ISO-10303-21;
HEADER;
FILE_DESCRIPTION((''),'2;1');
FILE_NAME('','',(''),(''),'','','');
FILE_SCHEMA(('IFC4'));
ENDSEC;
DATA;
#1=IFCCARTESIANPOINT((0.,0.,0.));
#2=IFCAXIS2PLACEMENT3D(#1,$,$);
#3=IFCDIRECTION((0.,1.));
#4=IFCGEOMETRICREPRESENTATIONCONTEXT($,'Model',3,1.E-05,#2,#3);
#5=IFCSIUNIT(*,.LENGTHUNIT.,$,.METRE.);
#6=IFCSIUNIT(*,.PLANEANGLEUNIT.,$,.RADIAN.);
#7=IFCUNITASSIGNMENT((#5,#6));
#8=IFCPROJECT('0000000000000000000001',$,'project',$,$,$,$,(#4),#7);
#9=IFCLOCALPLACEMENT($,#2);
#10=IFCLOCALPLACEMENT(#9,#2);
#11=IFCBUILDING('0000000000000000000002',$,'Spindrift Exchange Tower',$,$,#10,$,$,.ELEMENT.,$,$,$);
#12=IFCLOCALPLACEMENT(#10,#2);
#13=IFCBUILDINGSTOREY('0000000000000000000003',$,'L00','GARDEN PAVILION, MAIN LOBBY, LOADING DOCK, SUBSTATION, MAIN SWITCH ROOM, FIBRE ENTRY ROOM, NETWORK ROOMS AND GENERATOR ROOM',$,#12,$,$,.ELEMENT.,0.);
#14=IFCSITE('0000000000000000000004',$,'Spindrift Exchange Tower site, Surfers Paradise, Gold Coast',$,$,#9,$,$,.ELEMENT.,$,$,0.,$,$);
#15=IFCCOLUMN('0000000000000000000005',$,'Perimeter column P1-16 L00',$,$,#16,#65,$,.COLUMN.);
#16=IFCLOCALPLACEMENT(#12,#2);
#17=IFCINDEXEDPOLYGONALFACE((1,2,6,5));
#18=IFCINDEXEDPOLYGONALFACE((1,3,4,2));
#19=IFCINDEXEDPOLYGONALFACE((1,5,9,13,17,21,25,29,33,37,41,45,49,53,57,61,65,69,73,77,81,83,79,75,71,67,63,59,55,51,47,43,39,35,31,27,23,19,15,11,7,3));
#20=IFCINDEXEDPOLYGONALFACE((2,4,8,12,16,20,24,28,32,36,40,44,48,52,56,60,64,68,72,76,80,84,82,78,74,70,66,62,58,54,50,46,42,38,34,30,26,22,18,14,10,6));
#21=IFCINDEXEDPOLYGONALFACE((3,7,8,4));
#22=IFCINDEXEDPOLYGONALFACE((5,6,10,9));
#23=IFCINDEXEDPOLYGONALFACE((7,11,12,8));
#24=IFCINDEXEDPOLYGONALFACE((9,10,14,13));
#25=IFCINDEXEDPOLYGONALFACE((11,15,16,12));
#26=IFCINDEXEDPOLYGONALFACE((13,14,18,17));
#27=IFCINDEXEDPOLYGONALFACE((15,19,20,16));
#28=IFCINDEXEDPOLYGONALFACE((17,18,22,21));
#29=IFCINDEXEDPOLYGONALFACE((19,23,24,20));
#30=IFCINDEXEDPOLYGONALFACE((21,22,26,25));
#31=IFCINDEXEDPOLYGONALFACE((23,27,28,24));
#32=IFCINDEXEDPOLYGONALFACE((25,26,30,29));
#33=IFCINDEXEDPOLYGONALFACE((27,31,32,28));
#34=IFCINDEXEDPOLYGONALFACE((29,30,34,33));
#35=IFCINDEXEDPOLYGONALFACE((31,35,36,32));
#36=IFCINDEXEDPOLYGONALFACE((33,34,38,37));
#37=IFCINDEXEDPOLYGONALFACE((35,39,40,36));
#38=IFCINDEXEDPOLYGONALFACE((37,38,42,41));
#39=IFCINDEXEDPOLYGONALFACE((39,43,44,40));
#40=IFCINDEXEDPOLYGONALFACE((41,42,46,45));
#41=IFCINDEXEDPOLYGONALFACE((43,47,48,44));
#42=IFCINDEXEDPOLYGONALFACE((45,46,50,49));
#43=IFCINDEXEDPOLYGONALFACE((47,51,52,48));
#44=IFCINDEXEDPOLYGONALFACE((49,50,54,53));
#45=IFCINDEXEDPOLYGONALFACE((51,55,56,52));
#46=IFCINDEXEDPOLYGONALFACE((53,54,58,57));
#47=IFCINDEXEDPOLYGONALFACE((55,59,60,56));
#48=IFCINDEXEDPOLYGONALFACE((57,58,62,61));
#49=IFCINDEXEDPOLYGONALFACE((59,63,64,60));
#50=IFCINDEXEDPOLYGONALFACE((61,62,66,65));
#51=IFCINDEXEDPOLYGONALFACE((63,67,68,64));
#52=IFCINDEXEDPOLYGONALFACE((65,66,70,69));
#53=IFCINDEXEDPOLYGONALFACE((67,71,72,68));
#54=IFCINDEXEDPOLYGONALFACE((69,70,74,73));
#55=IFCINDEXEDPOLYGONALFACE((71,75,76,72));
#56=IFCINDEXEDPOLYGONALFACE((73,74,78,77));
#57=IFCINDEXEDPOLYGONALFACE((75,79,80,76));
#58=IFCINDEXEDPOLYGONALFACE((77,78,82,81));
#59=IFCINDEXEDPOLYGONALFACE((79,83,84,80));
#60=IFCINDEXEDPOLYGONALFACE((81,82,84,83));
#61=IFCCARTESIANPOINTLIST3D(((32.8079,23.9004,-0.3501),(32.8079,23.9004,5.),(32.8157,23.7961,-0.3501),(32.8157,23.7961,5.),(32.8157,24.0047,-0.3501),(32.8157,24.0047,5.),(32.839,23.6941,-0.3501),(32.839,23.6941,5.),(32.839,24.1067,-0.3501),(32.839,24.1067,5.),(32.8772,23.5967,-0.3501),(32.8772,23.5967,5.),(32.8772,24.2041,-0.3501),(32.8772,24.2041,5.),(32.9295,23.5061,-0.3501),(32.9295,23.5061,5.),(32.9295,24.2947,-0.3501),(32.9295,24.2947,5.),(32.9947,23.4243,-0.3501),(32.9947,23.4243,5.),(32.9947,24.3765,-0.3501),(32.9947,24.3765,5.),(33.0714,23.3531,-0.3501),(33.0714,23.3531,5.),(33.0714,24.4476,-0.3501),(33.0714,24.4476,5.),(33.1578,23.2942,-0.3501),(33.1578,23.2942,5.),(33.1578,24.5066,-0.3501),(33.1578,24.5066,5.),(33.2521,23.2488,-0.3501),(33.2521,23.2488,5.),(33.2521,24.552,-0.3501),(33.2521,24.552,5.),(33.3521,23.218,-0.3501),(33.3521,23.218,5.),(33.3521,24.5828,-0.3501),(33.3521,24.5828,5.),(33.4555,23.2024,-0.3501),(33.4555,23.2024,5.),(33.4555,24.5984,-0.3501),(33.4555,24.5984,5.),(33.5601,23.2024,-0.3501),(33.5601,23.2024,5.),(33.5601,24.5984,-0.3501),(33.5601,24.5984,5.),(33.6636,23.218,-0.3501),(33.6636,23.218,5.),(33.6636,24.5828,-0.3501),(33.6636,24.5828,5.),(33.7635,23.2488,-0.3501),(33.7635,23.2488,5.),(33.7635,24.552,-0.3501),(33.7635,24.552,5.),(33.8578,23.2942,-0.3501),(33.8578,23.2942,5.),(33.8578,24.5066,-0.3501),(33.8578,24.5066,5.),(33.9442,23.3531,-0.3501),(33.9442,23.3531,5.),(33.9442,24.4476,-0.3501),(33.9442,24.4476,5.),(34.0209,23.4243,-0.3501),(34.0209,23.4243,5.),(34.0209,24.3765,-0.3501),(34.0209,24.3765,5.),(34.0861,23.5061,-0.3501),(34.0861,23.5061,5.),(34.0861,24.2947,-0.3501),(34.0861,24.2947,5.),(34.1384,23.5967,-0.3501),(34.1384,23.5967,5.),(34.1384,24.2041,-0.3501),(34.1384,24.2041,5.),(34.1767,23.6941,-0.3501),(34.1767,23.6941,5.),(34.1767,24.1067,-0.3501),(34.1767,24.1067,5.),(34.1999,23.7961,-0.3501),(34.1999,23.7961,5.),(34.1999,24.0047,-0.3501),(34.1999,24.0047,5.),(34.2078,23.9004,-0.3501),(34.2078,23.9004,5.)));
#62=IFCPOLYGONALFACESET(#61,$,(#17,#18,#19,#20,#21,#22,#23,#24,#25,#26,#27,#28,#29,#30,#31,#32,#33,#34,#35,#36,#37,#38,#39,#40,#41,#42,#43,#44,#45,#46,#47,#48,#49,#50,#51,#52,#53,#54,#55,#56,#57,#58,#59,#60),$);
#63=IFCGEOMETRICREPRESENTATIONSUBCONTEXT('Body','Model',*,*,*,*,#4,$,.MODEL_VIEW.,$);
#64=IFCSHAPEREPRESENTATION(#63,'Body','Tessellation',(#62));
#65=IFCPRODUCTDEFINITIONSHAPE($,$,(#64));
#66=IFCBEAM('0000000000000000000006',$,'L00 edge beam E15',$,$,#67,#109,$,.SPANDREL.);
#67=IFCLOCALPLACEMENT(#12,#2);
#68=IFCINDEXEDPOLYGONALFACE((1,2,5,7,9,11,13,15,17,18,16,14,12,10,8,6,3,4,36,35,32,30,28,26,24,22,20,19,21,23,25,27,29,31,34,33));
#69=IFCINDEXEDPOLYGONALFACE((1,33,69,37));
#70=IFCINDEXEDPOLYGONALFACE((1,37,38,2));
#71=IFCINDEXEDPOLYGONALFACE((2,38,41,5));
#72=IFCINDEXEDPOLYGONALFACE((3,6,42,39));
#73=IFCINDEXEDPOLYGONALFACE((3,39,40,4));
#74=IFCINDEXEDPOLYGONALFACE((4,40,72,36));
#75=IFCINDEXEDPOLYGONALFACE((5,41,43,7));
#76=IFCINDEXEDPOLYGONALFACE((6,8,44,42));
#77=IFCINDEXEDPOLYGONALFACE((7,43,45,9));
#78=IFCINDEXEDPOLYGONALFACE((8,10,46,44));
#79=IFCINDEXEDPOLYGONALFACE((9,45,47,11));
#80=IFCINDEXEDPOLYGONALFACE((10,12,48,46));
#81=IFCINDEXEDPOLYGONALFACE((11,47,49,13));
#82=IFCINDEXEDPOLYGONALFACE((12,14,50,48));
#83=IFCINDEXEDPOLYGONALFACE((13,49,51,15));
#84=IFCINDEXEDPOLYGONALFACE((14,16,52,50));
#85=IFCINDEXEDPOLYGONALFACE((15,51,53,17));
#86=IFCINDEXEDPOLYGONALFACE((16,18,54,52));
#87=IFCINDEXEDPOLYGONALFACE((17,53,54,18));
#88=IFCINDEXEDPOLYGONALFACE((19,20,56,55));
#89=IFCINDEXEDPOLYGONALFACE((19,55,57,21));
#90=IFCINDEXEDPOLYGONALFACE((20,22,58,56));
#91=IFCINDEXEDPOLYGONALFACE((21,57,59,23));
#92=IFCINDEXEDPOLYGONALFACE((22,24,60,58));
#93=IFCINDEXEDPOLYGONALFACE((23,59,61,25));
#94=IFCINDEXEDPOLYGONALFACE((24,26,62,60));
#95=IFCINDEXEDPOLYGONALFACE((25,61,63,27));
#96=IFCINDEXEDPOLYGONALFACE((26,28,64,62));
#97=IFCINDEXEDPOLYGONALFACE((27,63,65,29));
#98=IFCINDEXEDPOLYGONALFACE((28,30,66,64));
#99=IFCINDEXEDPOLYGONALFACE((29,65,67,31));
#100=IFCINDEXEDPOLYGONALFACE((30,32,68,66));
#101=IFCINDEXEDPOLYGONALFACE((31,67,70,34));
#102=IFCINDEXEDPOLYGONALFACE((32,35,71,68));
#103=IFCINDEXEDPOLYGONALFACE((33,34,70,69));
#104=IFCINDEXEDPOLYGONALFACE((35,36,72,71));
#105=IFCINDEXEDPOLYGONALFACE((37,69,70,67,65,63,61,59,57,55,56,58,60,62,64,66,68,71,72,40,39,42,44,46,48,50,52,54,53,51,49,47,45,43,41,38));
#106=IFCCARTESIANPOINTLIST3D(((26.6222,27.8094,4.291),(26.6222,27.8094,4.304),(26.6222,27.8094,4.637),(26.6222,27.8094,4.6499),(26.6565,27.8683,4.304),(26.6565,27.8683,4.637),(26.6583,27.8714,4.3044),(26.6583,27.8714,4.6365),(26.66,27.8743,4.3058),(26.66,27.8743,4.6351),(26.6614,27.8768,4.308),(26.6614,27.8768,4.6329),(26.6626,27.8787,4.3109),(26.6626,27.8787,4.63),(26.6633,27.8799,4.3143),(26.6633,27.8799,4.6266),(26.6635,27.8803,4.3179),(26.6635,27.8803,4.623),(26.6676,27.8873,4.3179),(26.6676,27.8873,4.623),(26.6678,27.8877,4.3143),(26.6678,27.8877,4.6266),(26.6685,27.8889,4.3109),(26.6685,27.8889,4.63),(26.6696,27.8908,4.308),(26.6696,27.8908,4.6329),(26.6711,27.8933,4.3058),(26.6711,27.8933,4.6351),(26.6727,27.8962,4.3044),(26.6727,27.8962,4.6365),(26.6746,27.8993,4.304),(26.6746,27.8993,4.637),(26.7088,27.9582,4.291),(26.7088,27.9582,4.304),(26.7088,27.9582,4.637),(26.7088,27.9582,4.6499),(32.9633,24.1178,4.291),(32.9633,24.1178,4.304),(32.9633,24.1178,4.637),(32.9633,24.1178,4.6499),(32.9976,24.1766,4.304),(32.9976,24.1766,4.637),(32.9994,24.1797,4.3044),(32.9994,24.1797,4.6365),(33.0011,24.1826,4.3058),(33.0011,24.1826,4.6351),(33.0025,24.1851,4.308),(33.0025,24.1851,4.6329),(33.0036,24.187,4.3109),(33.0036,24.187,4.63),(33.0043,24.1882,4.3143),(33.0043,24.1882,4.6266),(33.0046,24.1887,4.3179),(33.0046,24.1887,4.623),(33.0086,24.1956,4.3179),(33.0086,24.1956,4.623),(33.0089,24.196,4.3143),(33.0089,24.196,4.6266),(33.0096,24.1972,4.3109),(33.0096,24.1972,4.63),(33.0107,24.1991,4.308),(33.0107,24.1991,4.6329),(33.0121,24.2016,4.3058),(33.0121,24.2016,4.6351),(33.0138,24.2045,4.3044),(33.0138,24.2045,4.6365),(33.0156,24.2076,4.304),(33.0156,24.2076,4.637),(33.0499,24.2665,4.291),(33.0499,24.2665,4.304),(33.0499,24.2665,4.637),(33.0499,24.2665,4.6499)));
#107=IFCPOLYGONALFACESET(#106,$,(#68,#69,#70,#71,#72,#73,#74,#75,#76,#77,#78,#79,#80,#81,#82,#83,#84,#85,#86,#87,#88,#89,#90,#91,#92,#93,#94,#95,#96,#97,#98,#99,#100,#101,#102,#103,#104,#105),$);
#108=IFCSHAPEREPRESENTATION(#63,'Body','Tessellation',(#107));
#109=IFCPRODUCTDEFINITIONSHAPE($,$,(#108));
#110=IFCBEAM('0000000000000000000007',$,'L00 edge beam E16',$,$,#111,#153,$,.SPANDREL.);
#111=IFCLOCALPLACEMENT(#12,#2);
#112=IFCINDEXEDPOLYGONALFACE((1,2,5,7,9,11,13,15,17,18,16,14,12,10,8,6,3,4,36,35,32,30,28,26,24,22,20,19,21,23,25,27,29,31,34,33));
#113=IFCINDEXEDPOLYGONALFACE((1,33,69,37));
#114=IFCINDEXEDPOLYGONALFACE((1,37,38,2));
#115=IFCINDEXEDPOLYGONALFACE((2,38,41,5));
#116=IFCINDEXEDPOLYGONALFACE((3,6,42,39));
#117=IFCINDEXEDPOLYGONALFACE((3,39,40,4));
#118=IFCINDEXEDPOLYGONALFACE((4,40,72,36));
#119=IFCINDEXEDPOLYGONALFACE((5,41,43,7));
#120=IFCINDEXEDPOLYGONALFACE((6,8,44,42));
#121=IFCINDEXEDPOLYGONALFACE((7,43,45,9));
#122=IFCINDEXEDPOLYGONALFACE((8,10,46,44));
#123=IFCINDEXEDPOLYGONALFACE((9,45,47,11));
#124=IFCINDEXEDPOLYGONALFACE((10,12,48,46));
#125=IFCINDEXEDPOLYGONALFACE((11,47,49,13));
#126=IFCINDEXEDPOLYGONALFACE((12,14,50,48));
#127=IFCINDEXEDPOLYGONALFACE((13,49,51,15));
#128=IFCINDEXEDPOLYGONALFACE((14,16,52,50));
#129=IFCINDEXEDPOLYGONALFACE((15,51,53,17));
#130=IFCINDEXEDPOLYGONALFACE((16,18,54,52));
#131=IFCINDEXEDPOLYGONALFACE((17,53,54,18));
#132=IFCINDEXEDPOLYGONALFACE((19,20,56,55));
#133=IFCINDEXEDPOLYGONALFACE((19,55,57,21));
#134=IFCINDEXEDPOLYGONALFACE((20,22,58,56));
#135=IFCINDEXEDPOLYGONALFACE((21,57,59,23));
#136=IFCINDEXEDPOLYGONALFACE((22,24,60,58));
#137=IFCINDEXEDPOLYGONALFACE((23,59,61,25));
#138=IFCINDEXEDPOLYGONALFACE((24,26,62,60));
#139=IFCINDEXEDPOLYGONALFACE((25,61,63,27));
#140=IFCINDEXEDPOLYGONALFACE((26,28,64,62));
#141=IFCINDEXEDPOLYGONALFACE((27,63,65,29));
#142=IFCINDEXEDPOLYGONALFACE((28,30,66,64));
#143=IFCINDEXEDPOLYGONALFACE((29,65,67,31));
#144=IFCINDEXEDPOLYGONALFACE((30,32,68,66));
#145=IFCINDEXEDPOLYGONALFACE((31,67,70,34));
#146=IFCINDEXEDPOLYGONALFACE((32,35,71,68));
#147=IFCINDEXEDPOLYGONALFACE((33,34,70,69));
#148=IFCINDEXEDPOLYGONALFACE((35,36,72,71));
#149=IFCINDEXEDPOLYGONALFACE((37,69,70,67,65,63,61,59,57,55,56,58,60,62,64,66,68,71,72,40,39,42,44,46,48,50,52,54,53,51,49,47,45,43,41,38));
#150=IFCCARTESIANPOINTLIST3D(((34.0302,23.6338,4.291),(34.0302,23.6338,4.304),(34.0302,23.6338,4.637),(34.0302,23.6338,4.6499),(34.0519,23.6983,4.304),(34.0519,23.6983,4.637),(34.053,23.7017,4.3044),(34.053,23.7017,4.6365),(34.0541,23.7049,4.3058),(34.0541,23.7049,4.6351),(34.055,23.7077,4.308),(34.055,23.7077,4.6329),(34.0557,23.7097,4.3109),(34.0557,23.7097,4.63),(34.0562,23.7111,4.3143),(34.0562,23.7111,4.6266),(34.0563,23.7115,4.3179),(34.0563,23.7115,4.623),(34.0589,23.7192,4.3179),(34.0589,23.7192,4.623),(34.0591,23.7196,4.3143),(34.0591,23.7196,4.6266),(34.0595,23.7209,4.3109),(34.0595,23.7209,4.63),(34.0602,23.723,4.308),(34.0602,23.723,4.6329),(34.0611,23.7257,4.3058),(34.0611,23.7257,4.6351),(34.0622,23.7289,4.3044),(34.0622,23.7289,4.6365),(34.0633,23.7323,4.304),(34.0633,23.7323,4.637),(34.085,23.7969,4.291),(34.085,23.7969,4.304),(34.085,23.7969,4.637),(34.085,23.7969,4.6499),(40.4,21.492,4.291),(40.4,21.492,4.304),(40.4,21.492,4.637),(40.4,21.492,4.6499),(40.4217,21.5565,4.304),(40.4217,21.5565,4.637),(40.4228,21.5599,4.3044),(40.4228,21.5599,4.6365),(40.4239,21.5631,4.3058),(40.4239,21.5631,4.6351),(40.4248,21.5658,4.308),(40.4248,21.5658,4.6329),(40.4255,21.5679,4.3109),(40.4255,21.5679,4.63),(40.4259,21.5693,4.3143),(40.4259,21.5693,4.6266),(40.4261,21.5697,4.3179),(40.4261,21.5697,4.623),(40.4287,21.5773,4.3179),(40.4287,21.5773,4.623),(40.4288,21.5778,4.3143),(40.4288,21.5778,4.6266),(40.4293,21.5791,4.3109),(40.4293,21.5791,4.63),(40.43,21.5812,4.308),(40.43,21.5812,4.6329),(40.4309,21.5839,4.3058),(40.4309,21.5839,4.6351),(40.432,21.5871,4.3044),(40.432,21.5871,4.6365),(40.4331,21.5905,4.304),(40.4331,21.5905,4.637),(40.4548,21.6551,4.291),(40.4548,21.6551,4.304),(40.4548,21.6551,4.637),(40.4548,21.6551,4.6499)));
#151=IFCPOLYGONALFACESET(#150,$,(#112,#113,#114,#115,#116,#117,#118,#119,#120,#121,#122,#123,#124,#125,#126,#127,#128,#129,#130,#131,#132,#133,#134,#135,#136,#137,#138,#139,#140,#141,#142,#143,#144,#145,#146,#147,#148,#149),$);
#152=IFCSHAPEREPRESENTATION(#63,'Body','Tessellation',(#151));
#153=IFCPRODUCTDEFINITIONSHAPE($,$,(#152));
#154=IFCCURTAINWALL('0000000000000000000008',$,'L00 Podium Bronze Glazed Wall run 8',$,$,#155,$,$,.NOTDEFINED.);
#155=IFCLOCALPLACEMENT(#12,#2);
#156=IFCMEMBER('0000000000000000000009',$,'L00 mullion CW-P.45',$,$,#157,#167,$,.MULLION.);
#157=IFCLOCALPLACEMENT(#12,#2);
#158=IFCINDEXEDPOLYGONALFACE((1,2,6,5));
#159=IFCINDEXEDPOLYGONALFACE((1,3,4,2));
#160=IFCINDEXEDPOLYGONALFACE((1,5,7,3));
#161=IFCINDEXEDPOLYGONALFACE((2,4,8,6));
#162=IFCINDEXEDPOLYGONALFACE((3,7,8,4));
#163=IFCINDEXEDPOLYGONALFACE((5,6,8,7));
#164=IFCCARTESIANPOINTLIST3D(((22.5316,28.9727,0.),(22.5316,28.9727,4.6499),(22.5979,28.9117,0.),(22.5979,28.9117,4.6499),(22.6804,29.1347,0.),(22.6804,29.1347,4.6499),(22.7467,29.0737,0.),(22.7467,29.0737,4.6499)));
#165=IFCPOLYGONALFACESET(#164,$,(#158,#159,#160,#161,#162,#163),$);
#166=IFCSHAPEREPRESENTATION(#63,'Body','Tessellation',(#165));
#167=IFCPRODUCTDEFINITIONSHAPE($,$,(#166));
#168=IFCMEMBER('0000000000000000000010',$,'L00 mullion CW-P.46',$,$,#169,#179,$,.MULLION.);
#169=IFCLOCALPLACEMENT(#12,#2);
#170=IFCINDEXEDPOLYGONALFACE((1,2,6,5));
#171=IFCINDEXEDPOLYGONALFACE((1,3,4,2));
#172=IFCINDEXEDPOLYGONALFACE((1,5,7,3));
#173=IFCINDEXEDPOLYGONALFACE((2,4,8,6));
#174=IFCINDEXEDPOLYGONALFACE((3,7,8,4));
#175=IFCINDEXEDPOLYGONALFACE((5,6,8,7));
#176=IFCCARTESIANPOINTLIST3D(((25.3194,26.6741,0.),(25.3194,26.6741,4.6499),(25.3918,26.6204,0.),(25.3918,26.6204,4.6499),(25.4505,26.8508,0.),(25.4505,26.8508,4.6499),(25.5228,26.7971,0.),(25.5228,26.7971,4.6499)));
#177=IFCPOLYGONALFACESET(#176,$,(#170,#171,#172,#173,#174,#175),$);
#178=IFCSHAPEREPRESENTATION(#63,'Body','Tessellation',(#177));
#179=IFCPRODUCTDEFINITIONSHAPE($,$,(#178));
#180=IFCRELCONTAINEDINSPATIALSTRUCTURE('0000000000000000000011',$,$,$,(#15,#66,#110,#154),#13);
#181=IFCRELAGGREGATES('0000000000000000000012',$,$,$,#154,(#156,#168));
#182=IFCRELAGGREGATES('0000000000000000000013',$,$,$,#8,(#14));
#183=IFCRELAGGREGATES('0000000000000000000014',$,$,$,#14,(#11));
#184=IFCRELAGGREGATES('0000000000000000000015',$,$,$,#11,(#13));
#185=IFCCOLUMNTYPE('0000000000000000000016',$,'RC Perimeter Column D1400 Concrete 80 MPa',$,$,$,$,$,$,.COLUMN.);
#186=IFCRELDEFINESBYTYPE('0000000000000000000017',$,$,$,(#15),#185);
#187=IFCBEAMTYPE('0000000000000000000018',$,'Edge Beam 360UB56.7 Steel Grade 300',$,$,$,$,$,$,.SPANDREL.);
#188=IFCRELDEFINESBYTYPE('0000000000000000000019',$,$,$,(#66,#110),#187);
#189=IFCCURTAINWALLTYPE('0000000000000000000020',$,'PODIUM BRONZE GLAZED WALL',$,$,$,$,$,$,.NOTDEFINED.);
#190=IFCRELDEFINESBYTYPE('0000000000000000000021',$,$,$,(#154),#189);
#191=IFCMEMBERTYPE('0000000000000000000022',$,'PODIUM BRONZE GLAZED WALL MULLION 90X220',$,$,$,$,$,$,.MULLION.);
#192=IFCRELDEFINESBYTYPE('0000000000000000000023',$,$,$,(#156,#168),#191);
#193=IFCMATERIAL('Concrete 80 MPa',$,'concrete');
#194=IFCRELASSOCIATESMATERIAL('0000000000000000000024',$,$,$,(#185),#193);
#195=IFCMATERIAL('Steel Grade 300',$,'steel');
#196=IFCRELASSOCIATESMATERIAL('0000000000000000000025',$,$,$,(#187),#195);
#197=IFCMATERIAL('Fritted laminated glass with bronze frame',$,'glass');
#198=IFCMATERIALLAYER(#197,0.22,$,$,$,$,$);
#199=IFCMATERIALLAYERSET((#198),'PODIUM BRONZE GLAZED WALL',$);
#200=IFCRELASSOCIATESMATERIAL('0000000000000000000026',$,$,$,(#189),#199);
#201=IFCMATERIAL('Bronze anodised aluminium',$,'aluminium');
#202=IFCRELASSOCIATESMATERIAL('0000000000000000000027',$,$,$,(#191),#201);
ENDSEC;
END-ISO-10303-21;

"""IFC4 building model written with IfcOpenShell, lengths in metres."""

from ifc_helpers import new_model, si_unit, direction, frame, origin, origin_2d, place, context, subcontext, project, spatial, rectangle, circle, i_section, extrude, source, transform, mapped, material, layer, layer_set, material_profile, profile_set, type_object, element, aggregate, save


model = new_model("IFC4")

# Units and contexts
model_context = context("Model", 3, precision=1e-05, world=origin(), true_north=direction((0.0, 1.0)))
body_context = subcontext(model_context, "Body", "Model", "MODEL_VIEW")
ifc_project = project(units=[si_unit("LENGTHUNIT", "METRE"), si_unit("PLANEANGLEUNIT", "RADIAN")], contexts=[model_context])

# Site, building, storey
site_placement = place(None, origin())
site = spatial("IfcSite", under=ifc_project, at=site_placement, Name="Spindrift Exchange Tower site, Surfers Paradise, Gold Coast", CompositionType="ELEMENT", RefElevation=0.0)
building_placement = place(site_placement, origin())
building = spatial("IfcBuilding", under=site, at=building_placement, Name="Spindrift Exchange Tower", CompositionType="ELEMENT")
storey_placement = place(building_placement, origin())
storey = spatial("IfcBuildingStorey", under=building, at=storey_placement, Name="L00", Description="GARDEN PAVILION, MAIN LOBBY, LOADING DOCK, SUBSTATION, MAIN SWITCH ROOM, FIBRE ENTRY ROOM, NETWORK ROOMS AND GENERATOR ROOM", CompositionType="ELEMENT", Elevation=0.0)

# Column
ifc_material_1 = material(Name="Concrete 80 MPa", Category="concrete")
ifc_material_profile_1 = material_profile(ifc_material_1, circle(Radius=0.7, at=origin_2d()), Name="RC D1400")
ifc_profile_set_1 = profile_set([ifc_material_profile_1], Name="Concrete 80 MPa")
column_type = type_object("IfcColumnType", Name="RC Perimeter Column D1400 Concrete 80 MPa", PredefinedType="COLUMN", material=ifc_profile_set_1)
shared_shape_1 = source(origin(), body_context, "Body", "SweptSolid", [
    extrude(circle(Radius=0.7, at=origin_2d()), origin(), (0.0, 0.0, 1.0), 5.3501),
])
for number, where, z_axis, x_axis, name in (
    (1, (33.5078, 23.9004, -0.3501), (0.0, 0.0, 1.0), (1.0, 0.0, 0.0), "Perimeter column P1-16 L00"),
):
    element("IfcColumn", number, at=place(storey_placement, frame(where, z_axis=z_axis, x_axis=x_axis)), inside=storey, type_object=column_type, Name=name, PredefinedType="COLUMN", context=body_context, shape_type="MappedRepresentation", body=[
        mapped(shared_shape_1, transform((0.0, 0.0, 0.0), scale=1.0)),
    ])

# Beams
ifc_material_2 = material(Name="Steel Grade 300", Category="steel")
ifc_material_profile_2 = material_profile(ifc_material_2, i_section(OverallWidth=0.1721, OverallDepth=0.3589, WebThickness=0.0081, FlangeThickness=0.0129, FilletRadius=0.0139, at=origin_2d()), Name="360UB56.7")
ifc_profile_set_2 = profile_set([ifc_material_profile_2], Name="Steel Grade 300")
beam_type = type_object("IfcBeamType", Name="Edge Beam 360UB56.7 Steel Grade 300", PredefinedType="SPANDREL", material=ifc_profile_set_2)
shared_shape_2 = source(origin(), body_context, "Body", "SweptSolid", [
    extrude(i_section(OverallWidth=0.1721, OverallDepth=0.3589, WebThickness=0.0081, FlangeThickness=0.0129, FilletRadius=0.0139, at=origin_2d()), origin(), (0.0, 0.0, 1.0), 7.3374),
])
beam_1_placement = place(storey_placement, frame((26.6655, 27.8838, 4.4705), z_axis=(0.864212, -0.503128, 0.0), x_axis=(0.503128, 0.864212, 0.0)))
element("IfcBeam", 2, at=beam_1_placement, inside=storey, type_object=beam_type, Name="L00 edge beam E15", PredefinedType="SPANDREL", context=body_context, shape_type="MappedRepresentation", body=[
    mapped(shared_shape_2, transform((0.0, 0.0, 0.0), scale=1.0)),
])
shared_shape_3 = source(origin(), body_context, "Body", "SweptSolid", [
    extrude(i_section(OverallWidth=0.1721, OverallDepth=0.3589, WebThickness=0.0081, FlangeThickness=0.0129, FilletRadius=0.0139, at=origin_2d()), origin(), (0.0, 0.0, 1.0), 6.7202),
])
beam_2_placement = place(storey_placement, frame((34.0576, 23.7153, 4.4705), z_axis=(0.947852, -0.318712, 0.0), x_axis=(0.318712, 0.947852, 0.0)))
element("IfcBeam", 3, at=beam_2_placement, inside=storey, type_object=beam_type, Name="L00 edge beam E16", PredefinedType="SPANDREL", context=body_context, shape_type="MappedRepresentation", body=[
    mapped(shared_shape_3, transform((0.0, 0.0, 0.0), scale=1.0)),
])

# Curtain wall, members
ifc_material_3 = material(Name="Fritted laminated glass with bronze frame", Category="glass")
ifc_layer_1 = layer(ifc_material_3, 0.22)
ifc_layer_set_1 = layer_set([ifc_layer_1], Name="PODIUM BRONZE GLAZED WALL")
curtain_wall_type = type_object("IfcCurtainWallType", Name="PODIUM BRONZE GLAZED WALL", PredefinedType="NOTDEFINED", material=ifc_layer_set_1)
curtain_wall_1_placement = place(storey_placement, origin())
curtain_wall_1 = element("IfcCurtainWall", 4, at=curtain_wall_1_placement, inside=storey, type_object=curtain_wall_type, Name="L00 Podium Bronze Glazed Wall run 8", PredefinedType="NOTDEFINED")
ifc_material_4 = material(Name="Bronze anodised aluminium", Category="aluminium")
ifc_material_profile_3 = material_profile(ifc_material_4, rectangle(XDim=0.0901, YDim=0.22, at=origin_2d()), Name="PODIUM BRONZE GLAZED WALL MULLION 90X220")
ifc_profile_set_3 = profile_set([ifc_material_profile_3], Name="Bronze anodised aluminium")
member_type_1 = type_object("IfcMemberType", Name="PODIUM BRONZE GLAZED WALL MULLION 90X220", PredefinedType="MULLION", material=ifc_profile_set_3)
shared_shape_4 = source(origin(), body_context, "Body", "SweptSolid", [
    extrude(rectangle(XDim=0.0901, YDim=0.22, at=origin_2d()), origin(), (0.0, 0.0, 1.0), 4.6499),
])
member_1_placement = place(storey_placement, frame((22.6392, 29.0232, 0.0), z_axis=(0.0, 0.0, 1.0), x_axis=(0.736531, -0.676404, 0.0)))
member_1 = element("IfcMember", 5, at=member_1_placement, type_object=member_type_1, Name="L00 mullion CW-P.45", PredefinedType="MULLION", context=body_context, shape_type="MappedRepresentation", body=[
    mapped(shared_shape_4, transform((0.0, 0.0, 0.0), scale=1.0)),
])
member_2_placement = place(storey_placement, frame((25.4211, 26.7356, 0.0), z_axis=(0.0, 0.0, 1.0), x_axis=(0.803241, -0.595654, 0.0)))
member_2 = element("IfcMember", 6, at=member_2_placement, type_object=member_type_1, Name="L00 mullion CW-P.46", PredefinedType="MULLION", context=body_context, shape_type="MappedRepresentation", body=[
    mapped(shared_shape_4, transform((0.0, 0.0, 0.0), scale=1.0)),
])

aggregate(curtain_wall_1, [member_1, member_2])

save(model, "model.ifc")
